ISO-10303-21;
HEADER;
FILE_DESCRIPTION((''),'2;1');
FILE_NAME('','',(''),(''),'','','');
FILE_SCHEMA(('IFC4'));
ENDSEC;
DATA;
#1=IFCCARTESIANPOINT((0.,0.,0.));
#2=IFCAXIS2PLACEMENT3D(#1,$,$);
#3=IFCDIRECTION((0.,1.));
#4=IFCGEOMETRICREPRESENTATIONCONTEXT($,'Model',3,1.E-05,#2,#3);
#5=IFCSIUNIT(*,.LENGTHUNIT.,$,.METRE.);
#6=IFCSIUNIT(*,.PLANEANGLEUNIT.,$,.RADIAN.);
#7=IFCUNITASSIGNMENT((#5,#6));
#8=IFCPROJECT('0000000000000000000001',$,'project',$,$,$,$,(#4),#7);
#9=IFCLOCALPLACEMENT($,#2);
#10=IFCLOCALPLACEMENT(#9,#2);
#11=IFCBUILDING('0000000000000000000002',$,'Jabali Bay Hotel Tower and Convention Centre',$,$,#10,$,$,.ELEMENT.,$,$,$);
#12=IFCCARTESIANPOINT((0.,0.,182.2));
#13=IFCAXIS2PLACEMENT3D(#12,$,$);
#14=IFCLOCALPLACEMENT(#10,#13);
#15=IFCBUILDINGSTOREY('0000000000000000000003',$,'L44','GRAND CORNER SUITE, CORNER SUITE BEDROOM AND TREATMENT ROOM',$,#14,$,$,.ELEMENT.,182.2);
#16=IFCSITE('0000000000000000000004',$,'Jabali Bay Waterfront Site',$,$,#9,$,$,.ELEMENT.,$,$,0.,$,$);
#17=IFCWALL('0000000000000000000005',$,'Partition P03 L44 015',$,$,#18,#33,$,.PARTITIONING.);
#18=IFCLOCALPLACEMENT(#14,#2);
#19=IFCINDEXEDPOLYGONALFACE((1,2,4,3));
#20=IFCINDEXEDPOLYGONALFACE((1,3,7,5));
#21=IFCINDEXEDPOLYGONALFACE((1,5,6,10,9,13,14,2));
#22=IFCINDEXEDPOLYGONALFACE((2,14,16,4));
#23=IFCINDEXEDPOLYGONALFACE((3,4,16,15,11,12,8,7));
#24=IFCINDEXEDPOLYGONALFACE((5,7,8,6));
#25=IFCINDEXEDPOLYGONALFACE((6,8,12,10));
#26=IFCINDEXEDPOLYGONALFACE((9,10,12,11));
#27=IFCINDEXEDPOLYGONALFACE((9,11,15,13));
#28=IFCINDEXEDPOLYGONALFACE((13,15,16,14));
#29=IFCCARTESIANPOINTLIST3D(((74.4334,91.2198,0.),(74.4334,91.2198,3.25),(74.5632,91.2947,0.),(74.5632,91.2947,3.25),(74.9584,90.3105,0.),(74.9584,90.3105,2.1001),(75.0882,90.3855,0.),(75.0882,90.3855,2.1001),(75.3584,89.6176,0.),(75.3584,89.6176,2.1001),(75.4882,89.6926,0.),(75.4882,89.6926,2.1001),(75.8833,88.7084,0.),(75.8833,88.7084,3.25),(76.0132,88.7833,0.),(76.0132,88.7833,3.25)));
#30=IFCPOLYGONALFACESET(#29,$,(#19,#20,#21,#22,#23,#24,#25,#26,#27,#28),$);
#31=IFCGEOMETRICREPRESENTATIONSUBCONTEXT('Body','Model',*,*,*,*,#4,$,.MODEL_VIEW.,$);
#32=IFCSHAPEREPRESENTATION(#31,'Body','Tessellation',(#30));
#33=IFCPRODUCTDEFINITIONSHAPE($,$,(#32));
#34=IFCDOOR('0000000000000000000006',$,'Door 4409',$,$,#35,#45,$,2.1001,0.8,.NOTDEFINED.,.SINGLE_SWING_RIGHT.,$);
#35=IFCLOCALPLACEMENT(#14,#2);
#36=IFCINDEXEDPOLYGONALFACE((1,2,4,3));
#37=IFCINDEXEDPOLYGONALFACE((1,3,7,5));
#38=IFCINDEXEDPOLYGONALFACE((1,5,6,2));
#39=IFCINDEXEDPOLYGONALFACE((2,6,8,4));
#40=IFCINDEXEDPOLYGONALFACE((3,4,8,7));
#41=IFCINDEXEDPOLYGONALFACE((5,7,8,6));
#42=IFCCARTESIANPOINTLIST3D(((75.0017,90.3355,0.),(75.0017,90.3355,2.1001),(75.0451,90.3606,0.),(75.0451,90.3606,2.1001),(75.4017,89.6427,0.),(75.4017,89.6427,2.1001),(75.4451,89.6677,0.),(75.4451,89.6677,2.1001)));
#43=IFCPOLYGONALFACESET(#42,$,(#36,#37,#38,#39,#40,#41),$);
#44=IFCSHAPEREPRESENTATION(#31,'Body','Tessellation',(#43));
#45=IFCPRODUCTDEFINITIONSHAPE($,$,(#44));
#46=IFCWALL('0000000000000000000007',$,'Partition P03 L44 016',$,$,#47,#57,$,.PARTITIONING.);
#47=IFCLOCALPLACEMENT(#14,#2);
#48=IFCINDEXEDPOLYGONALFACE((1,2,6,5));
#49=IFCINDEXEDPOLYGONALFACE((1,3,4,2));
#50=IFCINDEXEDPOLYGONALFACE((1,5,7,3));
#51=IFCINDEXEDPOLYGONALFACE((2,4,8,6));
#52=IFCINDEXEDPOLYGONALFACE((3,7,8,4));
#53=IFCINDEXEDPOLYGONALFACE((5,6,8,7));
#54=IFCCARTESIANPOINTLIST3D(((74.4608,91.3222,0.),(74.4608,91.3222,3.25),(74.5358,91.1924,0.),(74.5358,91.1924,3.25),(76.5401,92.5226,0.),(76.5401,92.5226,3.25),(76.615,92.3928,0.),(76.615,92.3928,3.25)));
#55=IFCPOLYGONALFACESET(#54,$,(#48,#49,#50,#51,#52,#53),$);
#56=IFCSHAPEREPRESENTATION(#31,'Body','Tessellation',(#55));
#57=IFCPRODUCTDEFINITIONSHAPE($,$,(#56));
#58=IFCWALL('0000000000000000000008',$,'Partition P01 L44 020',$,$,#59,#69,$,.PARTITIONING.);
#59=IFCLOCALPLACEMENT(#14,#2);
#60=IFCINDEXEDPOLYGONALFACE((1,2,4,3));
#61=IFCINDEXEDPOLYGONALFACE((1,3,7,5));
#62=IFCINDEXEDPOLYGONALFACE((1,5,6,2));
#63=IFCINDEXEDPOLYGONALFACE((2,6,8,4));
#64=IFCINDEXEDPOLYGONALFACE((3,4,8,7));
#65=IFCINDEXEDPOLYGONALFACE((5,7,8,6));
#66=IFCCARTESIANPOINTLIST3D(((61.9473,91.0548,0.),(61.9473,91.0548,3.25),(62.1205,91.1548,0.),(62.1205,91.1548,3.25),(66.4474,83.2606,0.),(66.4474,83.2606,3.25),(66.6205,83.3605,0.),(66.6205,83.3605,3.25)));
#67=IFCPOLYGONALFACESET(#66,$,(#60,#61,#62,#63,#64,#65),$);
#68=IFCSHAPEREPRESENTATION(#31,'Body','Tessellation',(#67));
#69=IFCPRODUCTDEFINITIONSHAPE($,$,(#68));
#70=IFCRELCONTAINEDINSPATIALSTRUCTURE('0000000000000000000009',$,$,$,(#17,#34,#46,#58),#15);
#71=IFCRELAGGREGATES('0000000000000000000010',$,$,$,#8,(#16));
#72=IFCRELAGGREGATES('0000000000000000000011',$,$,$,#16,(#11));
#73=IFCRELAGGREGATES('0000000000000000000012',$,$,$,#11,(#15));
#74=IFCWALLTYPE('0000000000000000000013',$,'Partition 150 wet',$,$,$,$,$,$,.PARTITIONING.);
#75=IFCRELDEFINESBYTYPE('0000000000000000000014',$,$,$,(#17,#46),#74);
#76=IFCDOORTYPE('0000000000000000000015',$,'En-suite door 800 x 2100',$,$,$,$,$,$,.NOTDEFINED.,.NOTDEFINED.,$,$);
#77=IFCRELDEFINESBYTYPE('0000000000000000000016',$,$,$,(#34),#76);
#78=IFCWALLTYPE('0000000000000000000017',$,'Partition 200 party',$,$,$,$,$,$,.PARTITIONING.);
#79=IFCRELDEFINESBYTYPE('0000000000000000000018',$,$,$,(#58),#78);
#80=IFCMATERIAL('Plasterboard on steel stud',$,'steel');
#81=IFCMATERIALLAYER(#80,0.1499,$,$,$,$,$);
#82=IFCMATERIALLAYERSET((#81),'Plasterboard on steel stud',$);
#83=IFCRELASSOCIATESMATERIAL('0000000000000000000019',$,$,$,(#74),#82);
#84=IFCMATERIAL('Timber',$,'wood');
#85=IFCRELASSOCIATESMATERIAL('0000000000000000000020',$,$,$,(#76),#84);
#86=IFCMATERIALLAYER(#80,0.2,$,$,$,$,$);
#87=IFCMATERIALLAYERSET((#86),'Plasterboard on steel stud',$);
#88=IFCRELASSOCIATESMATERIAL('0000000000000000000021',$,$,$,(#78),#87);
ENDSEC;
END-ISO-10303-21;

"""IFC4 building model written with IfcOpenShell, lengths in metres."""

from ifc_helpers import new_model, si_unit, direction, frame, frame_2d, origin, place, context, subcontext, project, spatial, rectangle, extrude, material, layer, layer_set, type_object, element, fill, save


model = new_model("IFC4")

# Units and contexts
model_context = context("Model", 3, precision=1e-05, world=origin(), true_north=direction((0.0, 1.0)))
body_context = subcontext(model_context, "Body", "Model", "MODEL_VIEW")
ifc_project = project(units=[si_unit("LENGTHUNIT", "METRE"), si_unit("PLANEANGLEUNIT", "RADIAN")], contexts=[model_context])

# Site, building, storey
site_placement = place(None, origin())
site = spatial("IfcSite", under=ifc_project, at=site_placement, Name="Jabali Bay Waterfront Site", CompositionType="ELEMENT", RefElevation=0.0)
building_placement = place(site_placement, origin())
building = spatial("IfcBuilding", under=site, at=building_placement, Name="Jabali Bay Hotel Tower and Convention Centre", CompositionType="ELEMENT")
storey_placement = place(building_placement, frame((0.0, 0.0, 182.2)))
storey = spatial("IfcBuildingStorey", under=building, at=storey_placement, Name="L44", Description="GRAND CORNER SUITE, CORNER SUITE BEDROOM AND TREATMENT ROOM", CompositionType="ELEMENT", Elevation=182.2)

# Shared definitions
ifc_material_1 = material(Name="Timber", Category="wood")

# Wall, opening, door
ifc_material_2 = material(Name="Plasterboard on steel stud", Category="steel")
ifc_layer_1 = layer(ifc_material_2, 0.1499)
ifc_layer_set_1 = layer_set([ifc_layer_1], Name="Plasterboard on steel stud")
wall_type_1 = type_object("IfcWallType", Name="Partition 150 wet", PredefinedType="PARTITIONING", material=ifc_layer_set_1)
wall_1_placement = place(storey_placement, frame((75.9482, 88.7458, 0.0), z_axis=(0.0, 0.0, 1.0), x_axis=(-0.499987, 0.866033, 0.0)))
wall_1 = element("IfcWall", 1, at=wall_1_placement, inside=storey, type_object=wall_type_1, Name="Partition P03 L44 015", PredefinedType="PARTITIONING", context=body_context, shape_type="SweptSolid", body=[
    extrude(rectangle(XDim=2.8999, YDim=0.1499, at=frame_2d((1.45, 0.0))), origin(), (0.0, 0.0, 1.0), 3.25),
])
opening_1_placement = place(wall_1_placement, frame((1.05, 0.0, 0.0)))
opening_1 = element("IfcOpeningElement", 2, at=opening_1_placement, cuts=wall_1, PredefinedType="OPENING", context=body_context, shape_type="SweptSolid", body=[
    extrude(rectangle(XDim=0.8, YDim=2.1001, at=frame_2d((0.3999, 1.05))), frame((0.0, 0.0854, 0.0), z_axis=(0.0, -1.0, 0.0), x_axis=(1.0, 0.0, 0.0)), (0.0, 0.0, 1.0), 0.1709),
])
door_type_1 = type_object("IfcDoorType", Name="En-suite door 800 x 2100", OperationType="NOTDEFINED", PredefinedType="NOTDEFINED", material=ifc_material_1)
door_1_placement = place(opening_1_placement, origin())
door_1 = element("IfcDoor", 3, at=door_1_placement, inside=storey, type_object=door_type_1, Name="Door 4409", OperationType="SINGLE_SWING_RIGHT", OverallHeight=2.1001, OverallWidth=0.8, PredefinedType="NOTDEFINED", context=body_context, shape_type="SweptSolid", body=[
    extrude(rectangle(XDim=0.8, YDim=2.1001, at=frame_2d((0.3999, 1.05))), frame((0.0, 0.0249, 0.0), z_axis=(0.0, -1.0, 0.0), x_axis=(1.0, 0.0, 0.0)), (0.0, 0.0, 1.0), 0.05),
])
fill(opening_1, door_1)

# Walls
wall_2_placement = place(storey_placement, frame((74.4983, 91.2573, 0.0), z_axis=(0.0, 0.0, 1.0), x_axis=(0.866038, 0.499978, 0.0)))
element("IfcWall", 4, at=wall_2_placement, inside=storey, type_object=wall_type_1, Name="Partition P03 L44 016", PredefinedType="PARTITIONING", context=body_context, shape_type="SweptSolid", body=[
    extrude(rectangle(XDim=2.4009, YDim=0.1499, at=frame_2d((1.2004, 0.0))), origin(), (0.0, 0.0, 1.0), 3.25),
])
ifc_layer_2 = layer(ifc_material_2, 0.2)
ifc_layer_set_2 = layer_set([ifc_layer_2], Name="Plasterboard on steel stud")
wall_type_2 = type_object("IfcWallType", Name="Partition 200 party", PredefinedType="PARTITIONING", material=ifc_layer_set_2)
wall_3_placement = place(storey_placement, frame((66.5339, 83.3105, 0.0), z_axis=(0.0, 0.0, 1.0), x_axis=(-0.500002, 0.866024, 0.0)))
element("IfcWall", 5, at=wall_3_placement, inside=storey, type_object=wall_type_2, Name="Partition P01 L44 020", PredefinedType="PARTITIONING", context=body_context, shape_type="SweptSolid", body=[
    extrude(rectangle(XDim=9.0, YDim=0.2, at=frame_2d((4.5, 0.0))), origin(), (0.0, 0.0, 1.0), 3.25),
])

save(model, "model.ifc")
